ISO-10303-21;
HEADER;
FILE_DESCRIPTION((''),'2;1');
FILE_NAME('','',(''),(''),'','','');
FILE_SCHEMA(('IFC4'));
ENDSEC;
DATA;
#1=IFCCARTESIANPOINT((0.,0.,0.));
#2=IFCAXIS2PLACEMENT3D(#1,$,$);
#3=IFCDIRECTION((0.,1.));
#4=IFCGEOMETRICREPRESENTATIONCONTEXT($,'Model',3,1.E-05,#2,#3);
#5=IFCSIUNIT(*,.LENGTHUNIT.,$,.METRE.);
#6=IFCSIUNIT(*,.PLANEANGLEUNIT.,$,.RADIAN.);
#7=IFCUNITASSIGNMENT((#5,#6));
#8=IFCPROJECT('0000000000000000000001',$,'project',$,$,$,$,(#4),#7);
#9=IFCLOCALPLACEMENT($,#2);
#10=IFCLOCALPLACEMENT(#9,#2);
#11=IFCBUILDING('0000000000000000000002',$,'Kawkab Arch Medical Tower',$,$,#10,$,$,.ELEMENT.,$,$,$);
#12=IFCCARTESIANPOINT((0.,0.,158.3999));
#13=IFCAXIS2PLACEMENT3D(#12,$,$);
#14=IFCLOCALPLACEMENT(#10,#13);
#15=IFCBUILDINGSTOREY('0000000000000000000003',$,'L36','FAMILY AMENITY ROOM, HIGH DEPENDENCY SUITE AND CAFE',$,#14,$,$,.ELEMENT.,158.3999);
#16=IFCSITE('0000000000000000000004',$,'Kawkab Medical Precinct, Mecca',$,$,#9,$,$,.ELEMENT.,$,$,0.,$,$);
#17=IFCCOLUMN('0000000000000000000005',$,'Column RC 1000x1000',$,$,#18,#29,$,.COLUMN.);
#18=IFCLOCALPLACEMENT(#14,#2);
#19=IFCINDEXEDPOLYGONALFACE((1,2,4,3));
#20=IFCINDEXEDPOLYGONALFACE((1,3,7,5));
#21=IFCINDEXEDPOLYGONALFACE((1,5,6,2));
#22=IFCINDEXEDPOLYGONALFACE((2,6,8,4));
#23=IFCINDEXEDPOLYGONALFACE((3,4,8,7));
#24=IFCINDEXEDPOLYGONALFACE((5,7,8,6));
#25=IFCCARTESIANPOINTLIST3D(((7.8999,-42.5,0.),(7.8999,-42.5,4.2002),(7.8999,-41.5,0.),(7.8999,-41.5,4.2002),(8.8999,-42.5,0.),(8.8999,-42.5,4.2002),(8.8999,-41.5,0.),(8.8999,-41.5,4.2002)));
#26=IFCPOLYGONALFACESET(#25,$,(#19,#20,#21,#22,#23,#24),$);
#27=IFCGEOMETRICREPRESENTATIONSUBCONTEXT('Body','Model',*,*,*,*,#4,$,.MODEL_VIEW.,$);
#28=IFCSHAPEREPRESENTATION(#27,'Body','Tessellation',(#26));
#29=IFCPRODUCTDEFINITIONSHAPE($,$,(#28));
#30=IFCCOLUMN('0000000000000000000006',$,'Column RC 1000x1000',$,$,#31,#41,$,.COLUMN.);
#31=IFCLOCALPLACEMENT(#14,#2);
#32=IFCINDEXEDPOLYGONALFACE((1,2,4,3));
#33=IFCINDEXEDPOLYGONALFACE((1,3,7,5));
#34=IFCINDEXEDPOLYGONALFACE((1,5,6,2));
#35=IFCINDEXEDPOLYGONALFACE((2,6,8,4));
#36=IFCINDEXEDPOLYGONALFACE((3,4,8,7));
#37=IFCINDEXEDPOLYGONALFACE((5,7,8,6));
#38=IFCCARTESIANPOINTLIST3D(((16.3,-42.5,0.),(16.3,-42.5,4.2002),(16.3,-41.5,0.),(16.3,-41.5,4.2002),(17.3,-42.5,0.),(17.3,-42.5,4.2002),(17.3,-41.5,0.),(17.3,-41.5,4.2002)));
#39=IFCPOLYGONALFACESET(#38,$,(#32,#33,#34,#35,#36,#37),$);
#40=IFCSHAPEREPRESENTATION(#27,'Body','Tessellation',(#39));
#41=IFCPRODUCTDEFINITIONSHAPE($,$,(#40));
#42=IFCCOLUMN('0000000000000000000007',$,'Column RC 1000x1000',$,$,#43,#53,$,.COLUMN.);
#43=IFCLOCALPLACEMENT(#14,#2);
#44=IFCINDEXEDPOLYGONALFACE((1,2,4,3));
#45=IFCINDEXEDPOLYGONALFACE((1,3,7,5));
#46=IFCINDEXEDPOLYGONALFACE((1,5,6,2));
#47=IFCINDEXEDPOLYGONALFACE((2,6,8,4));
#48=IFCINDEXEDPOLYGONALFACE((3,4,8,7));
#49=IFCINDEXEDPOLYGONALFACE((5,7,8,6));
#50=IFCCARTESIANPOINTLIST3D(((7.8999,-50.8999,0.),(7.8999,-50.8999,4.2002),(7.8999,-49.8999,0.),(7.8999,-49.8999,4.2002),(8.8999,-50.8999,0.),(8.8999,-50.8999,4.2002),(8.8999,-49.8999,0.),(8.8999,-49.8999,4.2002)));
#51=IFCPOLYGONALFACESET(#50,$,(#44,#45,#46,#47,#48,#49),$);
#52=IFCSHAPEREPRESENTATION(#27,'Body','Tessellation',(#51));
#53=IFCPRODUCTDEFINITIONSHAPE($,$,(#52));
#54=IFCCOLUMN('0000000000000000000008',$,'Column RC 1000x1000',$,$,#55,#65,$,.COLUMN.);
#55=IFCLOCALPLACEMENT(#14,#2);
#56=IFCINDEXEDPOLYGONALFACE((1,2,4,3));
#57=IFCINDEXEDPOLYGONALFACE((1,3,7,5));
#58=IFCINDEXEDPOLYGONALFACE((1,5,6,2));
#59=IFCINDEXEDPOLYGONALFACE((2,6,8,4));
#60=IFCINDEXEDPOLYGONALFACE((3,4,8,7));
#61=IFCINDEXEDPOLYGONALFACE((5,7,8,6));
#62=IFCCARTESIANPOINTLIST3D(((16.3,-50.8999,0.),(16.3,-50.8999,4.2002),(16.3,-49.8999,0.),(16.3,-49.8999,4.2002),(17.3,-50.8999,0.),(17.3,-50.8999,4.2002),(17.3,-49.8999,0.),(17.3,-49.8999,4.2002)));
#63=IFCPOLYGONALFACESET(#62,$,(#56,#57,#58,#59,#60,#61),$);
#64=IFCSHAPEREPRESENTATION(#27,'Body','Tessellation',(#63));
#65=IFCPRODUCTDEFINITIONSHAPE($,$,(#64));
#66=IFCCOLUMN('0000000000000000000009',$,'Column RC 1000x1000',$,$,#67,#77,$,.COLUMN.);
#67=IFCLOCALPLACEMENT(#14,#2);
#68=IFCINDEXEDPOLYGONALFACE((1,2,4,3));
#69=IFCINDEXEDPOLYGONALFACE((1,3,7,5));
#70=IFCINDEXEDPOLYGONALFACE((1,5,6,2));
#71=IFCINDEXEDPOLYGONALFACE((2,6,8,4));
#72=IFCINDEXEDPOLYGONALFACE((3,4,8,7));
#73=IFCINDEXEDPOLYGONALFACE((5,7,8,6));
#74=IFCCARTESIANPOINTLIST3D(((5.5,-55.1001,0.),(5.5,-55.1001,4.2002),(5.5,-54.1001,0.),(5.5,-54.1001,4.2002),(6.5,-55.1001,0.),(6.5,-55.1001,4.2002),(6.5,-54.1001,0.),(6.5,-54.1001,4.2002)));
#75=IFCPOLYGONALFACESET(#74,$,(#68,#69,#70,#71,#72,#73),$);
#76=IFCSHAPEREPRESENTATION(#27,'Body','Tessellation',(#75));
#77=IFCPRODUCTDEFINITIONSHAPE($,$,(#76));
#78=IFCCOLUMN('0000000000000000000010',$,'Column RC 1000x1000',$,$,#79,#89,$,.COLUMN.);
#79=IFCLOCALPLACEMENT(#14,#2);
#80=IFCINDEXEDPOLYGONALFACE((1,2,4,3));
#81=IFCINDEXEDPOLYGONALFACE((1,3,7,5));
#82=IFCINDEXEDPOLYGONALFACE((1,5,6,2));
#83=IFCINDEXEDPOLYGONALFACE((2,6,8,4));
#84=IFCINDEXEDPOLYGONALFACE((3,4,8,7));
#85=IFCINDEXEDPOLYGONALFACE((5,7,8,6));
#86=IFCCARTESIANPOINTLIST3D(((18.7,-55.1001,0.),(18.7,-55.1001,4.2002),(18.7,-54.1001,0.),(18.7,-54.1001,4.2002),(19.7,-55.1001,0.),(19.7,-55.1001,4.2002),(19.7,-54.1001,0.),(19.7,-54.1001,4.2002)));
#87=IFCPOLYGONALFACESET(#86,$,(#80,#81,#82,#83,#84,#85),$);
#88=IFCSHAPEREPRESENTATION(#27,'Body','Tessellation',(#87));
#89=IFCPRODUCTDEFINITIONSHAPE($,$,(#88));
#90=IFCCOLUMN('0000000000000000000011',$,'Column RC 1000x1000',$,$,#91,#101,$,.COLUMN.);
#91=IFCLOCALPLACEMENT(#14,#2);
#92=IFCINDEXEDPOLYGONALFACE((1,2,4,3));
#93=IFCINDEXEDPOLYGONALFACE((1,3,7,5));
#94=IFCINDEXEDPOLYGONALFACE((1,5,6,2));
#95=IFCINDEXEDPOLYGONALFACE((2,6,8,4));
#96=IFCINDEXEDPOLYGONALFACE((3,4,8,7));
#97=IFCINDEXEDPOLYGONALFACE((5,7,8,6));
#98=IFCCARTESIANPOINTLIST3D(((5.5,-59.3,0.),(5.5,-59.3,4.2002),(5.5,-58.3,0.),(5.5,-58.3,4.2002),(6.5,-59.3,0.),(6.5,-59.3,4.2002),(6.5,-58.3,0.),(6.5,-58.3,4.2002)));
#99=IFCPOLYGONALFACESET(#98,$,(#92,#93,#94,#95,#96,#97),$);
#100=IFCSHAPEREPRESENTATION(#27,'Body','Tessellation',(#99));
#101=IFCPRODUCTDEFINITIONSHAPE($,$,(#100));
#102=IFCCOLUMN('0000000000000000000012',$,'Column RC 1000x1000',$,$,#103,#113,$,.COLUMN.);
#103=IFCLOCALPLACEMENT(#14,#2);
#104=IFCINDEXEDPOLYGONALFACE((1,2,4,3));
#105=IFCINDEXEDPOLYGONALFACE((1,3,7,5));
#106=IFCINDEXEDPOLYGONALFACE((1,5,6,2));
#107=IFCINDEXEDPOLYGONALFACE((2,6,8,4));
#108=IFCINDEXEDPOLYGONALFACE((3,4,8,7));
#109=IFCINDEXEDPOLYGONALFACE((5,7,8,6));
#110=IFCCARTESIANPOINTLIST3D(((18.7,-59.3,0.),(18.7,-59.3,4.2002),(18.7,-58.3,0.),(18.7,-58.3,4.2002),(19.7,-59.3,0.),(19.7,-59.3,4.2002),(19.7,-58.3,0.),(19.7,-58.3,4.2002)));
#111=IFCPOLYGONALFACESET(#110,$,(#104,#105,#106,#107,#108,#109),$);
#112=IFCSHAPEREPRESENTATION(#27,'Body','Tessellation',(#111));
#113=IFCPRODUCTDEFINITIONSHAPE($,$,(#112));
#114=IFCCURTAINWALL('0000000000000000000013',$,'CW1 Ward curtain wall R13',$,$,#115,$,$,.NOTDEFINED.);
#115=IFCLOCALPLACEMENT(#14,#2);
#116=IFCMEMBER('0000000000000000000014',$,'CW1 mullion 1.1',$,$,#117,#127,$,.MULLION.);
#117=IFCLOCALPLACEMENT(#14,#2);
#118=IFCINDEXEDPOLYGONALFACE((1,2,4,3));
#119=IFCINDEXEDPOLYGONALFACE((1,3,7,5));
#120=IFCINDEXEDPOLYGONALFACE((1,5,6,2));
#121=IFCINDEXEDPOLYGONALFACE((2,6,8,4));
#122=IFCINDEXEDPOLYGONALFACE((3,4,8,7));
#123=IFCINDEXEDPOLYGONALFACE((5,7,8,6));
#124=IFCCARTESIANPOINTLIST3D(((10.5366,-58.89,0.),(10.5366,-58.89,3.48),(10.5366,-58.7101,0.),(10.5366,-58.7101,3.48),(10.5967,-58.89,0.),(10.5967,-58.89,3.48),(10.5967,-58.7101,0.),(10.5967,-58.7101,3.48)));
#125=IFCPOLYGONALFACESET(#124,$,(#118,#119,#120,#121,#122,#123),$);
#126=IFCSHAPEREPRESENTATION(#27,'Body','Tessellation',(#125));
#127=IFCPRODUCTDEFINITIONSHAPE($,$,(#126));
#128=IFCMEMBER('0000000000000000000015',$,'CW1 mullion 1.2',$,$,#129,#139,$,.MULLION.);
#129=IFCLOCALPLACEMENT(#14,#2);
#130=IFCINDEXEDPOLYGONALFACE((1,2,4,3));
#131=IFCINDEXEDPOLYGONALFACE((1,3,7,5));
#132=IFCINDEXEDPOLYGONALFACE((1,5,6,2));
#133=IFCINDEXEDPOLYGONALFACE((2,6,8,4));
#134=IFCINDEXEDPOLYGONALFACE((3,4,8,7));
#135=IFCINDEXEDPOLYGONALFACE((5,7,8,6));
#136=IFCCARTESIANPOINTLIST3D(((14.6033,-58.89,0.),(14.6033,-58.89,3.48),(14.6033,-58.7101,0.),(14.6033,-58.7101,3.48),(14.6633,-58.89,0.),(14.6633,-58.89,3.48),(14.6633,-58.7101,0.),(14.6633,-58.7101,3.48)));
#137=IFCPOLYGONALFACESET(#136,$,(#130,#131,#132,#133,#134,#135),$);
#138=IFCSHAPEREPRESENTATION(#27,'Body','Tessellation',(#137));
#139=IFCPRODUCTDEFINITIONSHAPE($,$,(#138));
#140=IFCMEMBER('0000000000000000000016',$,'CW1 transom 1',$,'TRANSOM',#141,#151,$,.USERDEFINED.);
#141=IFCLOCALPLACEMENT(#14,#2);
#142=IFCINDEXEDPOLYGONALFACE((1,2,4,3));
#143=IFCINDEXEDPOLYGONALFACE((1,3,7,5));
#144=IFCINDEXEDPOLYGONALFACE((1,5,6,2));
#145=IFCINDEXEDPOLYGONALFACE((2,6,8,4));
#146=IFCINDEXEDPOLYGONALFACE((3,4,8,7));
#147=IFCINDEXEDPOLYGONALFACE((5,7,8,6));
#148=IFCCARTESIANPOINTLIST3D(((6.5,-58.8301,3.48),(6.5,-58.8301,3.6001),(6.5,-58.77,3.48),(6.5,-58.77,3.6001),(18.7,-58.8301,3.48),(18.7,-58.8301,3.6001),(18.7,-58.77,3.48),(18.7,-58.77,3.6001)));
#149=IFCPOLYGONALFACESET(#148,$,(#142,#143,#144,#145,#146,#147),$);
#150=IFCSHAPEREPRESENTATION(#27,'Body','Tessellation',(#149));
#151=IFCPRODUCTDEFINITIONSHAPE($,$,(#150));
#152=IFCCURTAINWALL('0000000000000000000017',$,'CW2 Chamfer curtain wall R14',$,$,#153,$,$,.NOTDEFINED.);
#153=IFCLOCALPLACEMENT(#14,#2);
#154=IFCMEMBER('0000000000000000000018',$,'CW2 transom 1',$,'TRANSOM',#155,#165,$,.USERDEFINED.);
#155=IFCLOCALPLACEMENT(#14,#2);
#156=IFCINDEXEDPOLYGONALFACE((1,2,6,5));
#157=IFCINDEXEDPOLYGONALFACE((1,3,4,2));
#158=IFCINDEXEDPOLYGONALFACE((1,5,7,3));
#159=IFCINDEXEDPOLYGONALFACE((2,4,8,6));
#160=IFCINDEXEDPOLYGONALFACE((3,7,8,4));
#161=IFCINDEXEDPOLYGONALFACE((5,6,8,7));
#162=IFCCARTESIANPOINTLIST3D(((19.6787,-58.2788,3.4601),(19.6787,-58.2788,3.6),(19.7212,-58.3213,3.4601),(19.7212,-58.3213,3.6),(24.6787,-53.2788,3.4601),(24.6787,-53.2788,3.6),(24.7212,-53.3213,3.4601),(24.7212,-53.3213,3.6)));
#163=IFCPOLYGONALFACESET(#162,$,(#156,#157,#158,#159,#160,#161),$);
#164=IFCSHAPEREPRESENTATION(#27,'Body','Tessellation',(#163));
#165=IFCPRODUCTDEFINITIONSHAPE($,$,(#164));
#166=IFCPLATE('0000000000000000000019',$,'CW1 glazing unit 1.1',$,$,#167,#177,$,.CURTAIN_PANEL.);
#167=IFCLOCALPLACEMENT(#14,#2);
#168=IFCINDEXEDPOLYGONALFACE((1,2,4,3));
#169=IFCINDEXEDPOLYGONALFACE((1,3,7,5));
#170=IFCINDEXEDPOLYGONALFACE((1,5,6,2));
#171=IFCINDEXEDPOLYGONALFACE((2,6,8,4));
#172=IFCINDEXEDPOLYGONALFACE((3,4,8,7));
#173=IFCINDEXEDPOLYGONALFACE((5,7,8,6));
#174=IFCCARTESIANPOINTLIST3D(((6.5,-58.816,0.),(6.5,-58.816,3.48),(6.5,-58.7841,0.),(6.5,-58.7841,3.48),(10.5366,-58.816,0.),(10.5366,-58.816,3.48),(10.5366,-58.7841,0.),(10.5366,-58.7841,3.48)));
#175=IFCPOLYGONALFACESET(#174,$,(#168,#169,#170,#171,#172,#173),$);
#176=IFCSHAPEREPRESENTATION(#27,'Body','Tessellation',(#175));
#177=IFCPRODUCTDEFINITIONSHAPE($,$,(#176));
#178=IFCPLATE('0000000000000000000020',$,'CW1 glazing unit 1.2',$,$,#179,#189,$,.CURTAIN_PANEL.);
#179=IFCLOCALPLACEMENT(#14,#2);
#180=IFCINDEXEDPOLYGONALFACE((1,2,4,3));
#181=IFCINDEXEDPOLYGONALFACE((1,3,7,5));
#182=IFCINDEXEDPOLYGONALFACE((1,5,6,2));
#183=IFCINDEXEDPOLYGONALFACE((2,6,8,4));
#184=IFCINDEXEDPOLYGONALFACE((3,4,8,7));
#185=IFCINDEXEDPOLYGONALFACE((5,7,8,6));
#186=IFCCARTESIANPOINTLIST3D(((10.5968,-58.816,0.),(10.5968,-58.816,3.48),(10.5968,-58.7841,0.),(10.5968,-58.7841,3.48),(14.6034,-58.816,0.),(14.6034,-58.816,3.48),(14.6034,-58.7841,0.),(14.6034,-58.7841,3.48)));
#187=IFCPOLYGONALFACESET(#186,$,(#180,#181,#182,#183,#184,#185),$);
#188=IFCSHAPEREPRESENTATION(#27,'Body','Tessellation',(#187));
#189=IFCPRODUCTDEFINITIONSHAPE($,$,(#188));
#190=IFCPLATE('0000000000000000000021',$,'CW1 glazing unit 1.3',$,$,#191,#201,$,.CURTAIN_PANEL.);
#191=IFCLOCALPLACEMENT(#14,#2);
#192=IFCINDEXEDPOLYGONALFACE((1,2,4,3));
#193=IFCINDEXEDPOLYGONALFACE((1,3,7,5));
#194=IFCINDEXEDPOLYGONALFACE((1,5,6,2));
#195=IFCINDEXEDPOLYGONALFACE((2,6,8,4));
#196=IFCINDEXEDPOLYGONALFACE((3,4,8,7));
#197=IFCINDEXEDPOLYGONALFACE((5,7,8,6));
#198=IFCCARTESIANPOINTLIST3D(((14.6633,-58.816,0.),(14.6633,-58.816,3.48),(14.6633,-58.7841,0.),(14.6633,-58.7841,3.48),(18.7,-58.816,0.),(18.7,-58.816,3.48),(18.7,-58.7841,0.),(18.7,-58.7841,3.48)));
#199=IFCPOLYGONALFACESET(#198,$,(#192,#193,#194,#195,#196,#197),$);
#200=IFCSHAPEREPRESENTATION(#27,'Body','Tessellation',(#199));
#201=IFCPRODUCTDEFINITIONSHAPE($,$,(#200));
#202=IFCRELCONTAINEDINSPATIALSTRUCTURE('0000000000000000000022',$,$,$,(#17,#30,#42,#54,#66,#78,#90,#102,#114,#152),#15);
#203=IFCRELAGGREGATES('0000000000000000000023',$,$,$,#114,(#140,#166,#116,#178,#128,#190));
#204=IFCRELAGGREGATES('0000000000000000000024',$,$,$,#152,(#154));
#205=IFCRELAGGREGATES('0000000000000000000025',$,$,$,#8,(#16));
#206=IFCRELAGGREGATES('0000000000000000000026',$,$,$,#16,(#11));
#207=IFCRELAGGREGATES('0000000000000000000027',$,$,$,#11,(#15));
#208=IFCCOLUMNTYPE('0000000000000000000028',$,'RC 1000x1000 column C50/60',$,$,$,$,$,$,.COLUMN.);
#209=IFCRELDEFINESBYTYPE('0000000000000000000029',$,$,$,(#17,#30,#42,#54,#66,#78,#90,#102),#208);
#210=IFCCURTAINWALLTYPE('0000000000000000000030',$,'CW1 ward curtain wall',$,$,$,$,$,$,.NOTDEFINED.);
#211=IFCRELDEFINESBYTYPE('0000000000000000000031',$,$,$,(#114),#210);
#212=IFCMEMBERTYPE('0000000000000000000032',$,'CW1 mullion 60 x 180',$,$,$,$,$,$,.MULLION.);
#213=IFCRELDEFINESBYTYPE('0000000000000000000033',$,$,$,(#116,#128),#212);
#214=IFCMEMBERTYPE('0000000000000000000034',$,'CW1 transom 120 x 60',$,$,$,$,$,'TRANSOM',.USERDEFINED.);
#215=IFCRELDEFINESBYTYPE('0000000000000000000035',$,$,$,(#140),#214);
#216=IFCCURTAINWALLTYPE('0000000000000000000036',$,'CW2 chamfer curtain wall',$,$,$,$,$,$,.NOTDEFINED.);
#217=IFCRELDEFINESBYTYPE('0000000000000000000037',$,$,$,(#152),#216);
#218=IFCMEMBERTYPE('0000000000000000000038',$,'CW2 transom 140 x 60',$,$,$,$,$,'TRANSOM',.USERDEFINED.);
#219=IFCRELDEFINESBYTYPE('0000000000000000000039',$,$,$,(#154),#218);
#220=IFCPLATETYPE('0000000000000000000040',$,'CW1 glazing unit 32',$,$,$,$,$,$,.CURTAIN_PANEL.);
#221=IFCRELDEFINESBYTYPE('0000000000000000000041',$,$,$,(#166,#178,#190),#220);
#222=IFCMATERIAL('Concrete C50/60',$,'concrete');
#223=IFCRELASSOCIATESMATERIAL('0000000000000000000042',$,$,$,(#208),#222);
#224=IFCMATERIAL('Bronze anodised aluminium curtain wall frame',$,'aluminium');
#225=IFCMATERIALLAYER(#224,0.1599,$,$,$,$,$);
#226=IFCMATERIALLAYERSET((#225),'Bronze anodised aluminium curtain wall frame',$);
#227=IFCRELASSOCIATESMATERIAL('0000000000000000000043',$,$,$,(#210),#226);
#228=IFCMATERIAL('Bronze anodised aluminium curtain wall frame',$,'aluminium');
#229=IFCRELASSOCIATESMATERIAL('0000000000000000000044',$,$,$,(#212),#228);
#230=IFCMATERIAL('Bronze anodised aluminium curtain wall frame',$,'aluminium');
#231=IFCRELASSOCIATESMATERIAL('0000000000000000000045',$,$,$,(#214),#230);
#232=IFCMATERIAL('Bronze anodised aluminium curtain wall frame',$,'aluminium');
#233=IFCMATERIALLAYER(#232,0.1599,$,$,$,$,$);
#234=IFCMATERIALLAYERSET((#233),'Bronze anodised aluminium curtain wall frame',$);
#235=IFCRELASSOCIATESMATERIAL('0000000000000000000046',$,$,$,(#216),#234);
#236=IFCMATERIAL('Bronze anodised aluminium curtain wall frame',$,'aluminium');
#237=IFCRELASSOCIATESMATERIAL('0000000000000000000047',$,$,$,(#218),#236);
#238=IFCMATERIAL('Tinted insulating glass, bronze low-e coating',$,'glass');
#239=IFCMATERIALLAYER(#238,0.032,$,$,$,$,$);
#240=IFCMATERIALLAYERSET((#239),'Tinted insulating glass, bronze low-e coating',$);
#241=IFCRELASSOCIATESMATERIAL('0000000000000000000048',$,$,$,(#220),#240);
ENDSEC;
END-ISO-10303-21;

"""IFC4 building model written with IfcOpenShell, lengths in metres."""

from ifc_helpers import new_model, si_unit, direction, frame, origin, origin_2d, place, context, subcontext, project, spatial, rectangle, extrude, material, layer, layer_set, material_profile, profile_set, type_object, element, aggregate, save


model = new_model("IFC4")

# Units and contexts
model_context = context("Model", 3, precision=1e-05, world=origin(), true_north=direction((0.0, 1.0)))
body_context = subcontext(model_context, "Body", "Model", "MODEL_VIEW")
ifc_project = project(units=[si_unit("LENGTHUNIT", "METRE"), si_unit("PLANEANGLEUNIT", "RADIAN")], contexts=[model_context])

# Site, building, storey
site_placement = place(None, origin())
site = spatial("IfcSite", under=ifc_project, at=site_placement, Name="Kawkab Medical Precinct, Mecca", CompositionType="ELEMENT", RefElevation=0.0)
building_placement = place(site_placement, origin())
building = spatial("IfcBuilding", under=site, at=building_placement, Name="Kawkab Arch Medical Tower", CompositionType="ELEMENT")
storey_placement = place(building_placement, frame((0.0, 0.0, 158.3999)))
storey = spatial("IfcBuildingStorey", under=building, at=storey_placement, Name="L36", Description="FAMILY AMENITY ROOM, HIGH DEPENDENCY SUITE AND CAFE", CompositionType="ELEMENT", Elevation=158.3999)

# Columns
ifc_material_1 = material(Name="Concrete C50/60", Category="concrete")
ifc_material_profile_1 = material_profile(ifc_material_1, rectangle(XDim=1.0, YDim=1.0, at=origin_2d()), Name="RC 1000x1000")
ifc_profile_set_1 = profile_set([ifc_material_profile_1], Name="Concrete C50/60")
column_type = type_object("IfcColumnType", Name="RC 1000x1000 column C50/60", PredefinedType="COLUMN", material=ifc_profile_set_1)
for number, where, z_axis, x_axis, name in (
    (1, (8.3999, -42.0, 0.0), (0.0, 0.0, 1.0), (1.0, 0.0, 0.0), "Column RC 1000x1000"),
    (2, (16.8, -42.0, 0.0), (0.0, 0.0, 1.0), (1.0, 0.0, 0.0), "Column RC 1000x1000"),
    (3, (8.3999, -50.3999, 0.0), (0.0, 0.0, 1.0), (1.0, 0.0, 0.0), "Column RC 1000x1000"),
    (4, (16.8, -50.3999, 0.0), (0.0, 0.0, 1.0), (1.0, 0.0, 0.0), "Column RC 1000x1000"),
    (5, (6.0, -54.6001, 0.0), (0.0, 0.0, 1.0), (1.0, 0.0, 0.0), "Column RC 1000x1000"),
    (6, (19.2, -54.6001, 0.0), (0.0, 0.0, 1.0), (1.0, 0.0, 0.0), "Column RC 1000x1000"),
    (7, (6.0, -58.8, 0.0), (0.0, 0.0, 1.0), (1.0, 0.0, 0.0), "Column RC 1000x1000"),
    (8, (19.2, -58.8, 0.0), (0.0, 0.0, 1.0), (1.0, 0.0, 0.0), "Column RC 1000x1000"),
):
    element("IfcColumn", number, at=place(storey_placement, frame(where, z_axis=z_axis, x_axis=x_axis)), inside=storey, type_object=column_type, Name=name, PredefinedType="COLUMN", context=body_context, shape_type="SweptSolid", body=[
        extrude(rectangle(XDim=1.0, YDim=1.0, at=origin_2d()), origin(), (0.0, 0.0, 1.0), 4.2002),
    ])

# Curtain wall, members
ifc_material_2 = material(Name="Bronze anodised aluminium curtain wall frame", Category="aluminium")
ifc_layer_1 = layer(ifc_material_2, 0.1599)
ifc_layer_set_1 = layer_set([ifc_layer_1], Name="Bronze anodised aluminium curtain wall frame")
curtain_wall_type_1 = type_object("IfcCurtainWallType", Name="CW1 ward curtain wall", PredefinedType="NOTDEFINED", material=ifc_layer_set_1)
placement = place(storey_placement, origin())
curtain_wall_1 = element("IfcCurtainWall", 9, at=placement, inside=storey, type_object=curtain_wall_type_1, Name="CW1 Ward curtain wall R13", PredefinedType="NOTDEFINED")
ifc_material_3 = material(Name="Bronze anodised aluminium curtain wall frame", Category="aluminium")
ifc_material_profile_2 = material_profile(ifc_material_3, rectangle(XDim=0.1799, YDim=0.0601, at=origin_2d()), Name="AL 60x180")
ifc_profile_set_2 = profile_set([ifc_material_profile_2], Name="Bronze anodised aluminium curtain wall frame")
member_type_1 = type_object("IfcMemberType", Name="CW1 mullion 60 x 180", PredefinedType="MULLION", material=ifc_profile_set_2)
member_1_placement = place(storey_placement, frame((10.5667, -58.8, 0.0), z_axis=(0.0, 0.0, 1.0), x_axis=(0.0, 1.0, 0.0)))
member_1 = element("IfcMember", 10, at=member_1_placement, type_object=member_type_1, Name="CW1 mullion 1.1", PredefinedType="MULLION", context=body_context, shape_type="SweptSolid", body=[
    extrude(rectangle(XDim=0.1799, YDim=0.0601, at=origin_2d()), origin(), (0.0, 0.0, 1.0), 3.48),
])
member_2_placement = place(storey_placement, frame((14.6333, -58.8, 0.0), z_axis=(0.0, 0.0, 1.0), x_axis=(0.0, 1.0, 0.0)))
member_2 = element("IfcMember", 11, at=member_2_placement, type_object=member_type_1, Name="CW1 mullion 1.2", PredefinedType="MULLION", context=body_context, shape_type="SweptSolid", body=[
    extrude(rectangle(XDim=0.1799, YDim=0.0601, at=origin_2d()), origin(), (0.0, 0.0, 1.0), 3.48),
])
ifc_material_4 = material(Name="Bronze anodised aluminium curtain wall frame", Category="aluminium")
ifc_material_profile_3 = material_profile(ifc_material_4, rectangle(XDim=0.0601, YDim=0.1201, at=origin_2d()), Name="AL 60x120")
ifc_profile_set_3 = profile_set([ifc_material_profile_3], Name="Bronze anodised aluminium curtain wall frame")
member_type_2 = type_object("IfcMemberType", Name="CW1 transom 120 x 60", ElementType="TRANSOM", PredefinedType="USERDEFINED", material=ifc_profile_set_3)
member_3_placement = place(storey_placement, frame((6.5, -58.8, 3.54), z_axis=(1.0, 0.0, 0.0), x_axis=(0.0, 1.0, 0.0)))
member_3 = element("IfcMember", 12, at=member_3_placement, type_object=member_type_2, Name="CW1 transom 1", ObjectType="TRANSOM", PredefinedType="USERDEFINED", context=body_context, shape_type="SweptSolid", body=[
    extrude(rectangle(XDim=0.0601, YDim=0.1201, at=origin_2d()), origin(), (0.0, 0.0, 1.0), 12.2),
])

# Curtain wall, member
ifc_material_5 = material(Name="Bronze anodised aluminium curtain wall frame", Category="aluminium")
ifc_layer_2 = layer(ifc_material_5, 0.1599)
ifc_layer_set_2 = layer_set([ifc_layer_2], Name="Bronze anodised aluminium curtain wall frame")
curtain_wall_type_2 = type_object("IfcCurtainWallType", Name="CW2 chamfer curtain wall", PredefinedType="NOTDEFINED", material=ifc_layer_set_2)
curtain_wall_2 = element("IfcCurtainWall", 13, at=placement, inside=storey, type_object=curtain_wall_type_2, Name="CW2 Chamfer curtain wall R14", PredefinedType="NOTDEFINED")
ifc_material_6 = material(Name="Bronze anodised aluminium curtain wall frame", Category="aluminium")
ifc_material_profile_4 = material_profile(ifc_material_6, rectangle(XDim=0.0601, YDim=0.1399, at=origin_2d()), Name="AL 60x140")
ifc_profile_set_4 = profile_set([ifc_material_profile_4], Name="Bronze anodised aluminium curtain wall frame")
member_type_3 = type_object("IfcMemberType", Name="CW2 transom 140 x 60", ElementType="TRANSOM", PredefinedType="USERDEFINED", material=ifc_profile_set_4)
member_4_placement = place(storey_placement, frame((19.7, -58.3, 3.53), z_axis=(0.707107, 0.707107, 0.0), x_axis=(-0.707107, 0.707107, 0.0)))
member_4 = element("IfcMember", 14, at=member_4_placement, type_object=member_type_3, Name="CW2 transom 1", ObjectType="TRANSOM", PredefinedType="USERDEFINED", context=body_context, shape_type="SweptSolid", body=[
    extrude(rectangle(XDim=0.0601, YDim=0.1399, at=origin_2d()), origin(), (0.0, 0.0, 1.0), 7.071),
])

# Plates
ifc_material_7 = material(Name="Tinted insulating glass, bronze low-e coating", Category="glass")
ifc_layer_3 = layer(ifc_material_7, 0.032)
ifc_layer_set_3 = layer_set([ifc_layer_3], Name="Tinted insulating glass, bronze low-e coating")
plate_type_1 = type_object("IfcPlateType", Name="CW1 glazing unit 32", PredefinedType="CURTAIN_PANEL", material=ifc_layer_set_3)
plate_1_placement = place(storey_placement, frame((8.5183, -58.8, 0.0), z_axis=(0.0, 0.0, 1.0), x_axis=(1.0, 0.0, 0.0)))
plate_1 = element("IfcPlate", 15, at=plate_1_placement, type_object=plate_type_1, Name="CW1 glazing unit 1.1", PredefinedType="CURTAIN_PANEL", context=body_context, shape_type="SweptSolid", body=[
    extrude(rectangle(XDim=4.0366, YDim=0.032, at=origin_2d()), origin(), (0.0, 0.0, 1.0), 3.48),
])
plate_2_placement = place(storey_placement, frame((12.6001, -58.8, 0.0), z_axis=(0.0, 0.0, 1.0), x_axis=(1.0, 0.0, 0.0)))
plate_2 = element("IfcPlate", 16, at=plate_2_placement, type_object=plate_type_1, Name="CW1 glazing unit 1.2", PredefinedType="CURTAIN_PANEL", context=body_context, shape_type="SweptSolid", body=[
    extrude(rectangle(XDim=4.0066, YDim=0.032, at=origin_2d()), origin(), (0.0, 0.0, 1.0), 3.48),
])
plate_3_placement = place(storey_placement, frame((16.6816, -58.8, 0.0), z_axis=(0.0, 0.0, 1.0), x_axis=(1.0, 0.0, 0.0)))
plate_3 = element("IfcPlate", 17, at=plate_3_placement, type_object=plate_type_1, Name="CW1 glazing unit 1.3", PredefinedType="CURTAIN_PANEL", context=body_context, shape_type="SweptSolid", body=[
    extrude(rectangle(XDim=4.0366, YDim=0.032, at=origin_2d()), origin(), (0.0, 0.0, 1.0), 3.48),
])
aggregate(curtain_wall_1, [member_3, plate_1, member_1, plate_2, member_2, plate_3])
aggregate(curtain_wall_2, [member_4])

save(model, "model.ifc")
